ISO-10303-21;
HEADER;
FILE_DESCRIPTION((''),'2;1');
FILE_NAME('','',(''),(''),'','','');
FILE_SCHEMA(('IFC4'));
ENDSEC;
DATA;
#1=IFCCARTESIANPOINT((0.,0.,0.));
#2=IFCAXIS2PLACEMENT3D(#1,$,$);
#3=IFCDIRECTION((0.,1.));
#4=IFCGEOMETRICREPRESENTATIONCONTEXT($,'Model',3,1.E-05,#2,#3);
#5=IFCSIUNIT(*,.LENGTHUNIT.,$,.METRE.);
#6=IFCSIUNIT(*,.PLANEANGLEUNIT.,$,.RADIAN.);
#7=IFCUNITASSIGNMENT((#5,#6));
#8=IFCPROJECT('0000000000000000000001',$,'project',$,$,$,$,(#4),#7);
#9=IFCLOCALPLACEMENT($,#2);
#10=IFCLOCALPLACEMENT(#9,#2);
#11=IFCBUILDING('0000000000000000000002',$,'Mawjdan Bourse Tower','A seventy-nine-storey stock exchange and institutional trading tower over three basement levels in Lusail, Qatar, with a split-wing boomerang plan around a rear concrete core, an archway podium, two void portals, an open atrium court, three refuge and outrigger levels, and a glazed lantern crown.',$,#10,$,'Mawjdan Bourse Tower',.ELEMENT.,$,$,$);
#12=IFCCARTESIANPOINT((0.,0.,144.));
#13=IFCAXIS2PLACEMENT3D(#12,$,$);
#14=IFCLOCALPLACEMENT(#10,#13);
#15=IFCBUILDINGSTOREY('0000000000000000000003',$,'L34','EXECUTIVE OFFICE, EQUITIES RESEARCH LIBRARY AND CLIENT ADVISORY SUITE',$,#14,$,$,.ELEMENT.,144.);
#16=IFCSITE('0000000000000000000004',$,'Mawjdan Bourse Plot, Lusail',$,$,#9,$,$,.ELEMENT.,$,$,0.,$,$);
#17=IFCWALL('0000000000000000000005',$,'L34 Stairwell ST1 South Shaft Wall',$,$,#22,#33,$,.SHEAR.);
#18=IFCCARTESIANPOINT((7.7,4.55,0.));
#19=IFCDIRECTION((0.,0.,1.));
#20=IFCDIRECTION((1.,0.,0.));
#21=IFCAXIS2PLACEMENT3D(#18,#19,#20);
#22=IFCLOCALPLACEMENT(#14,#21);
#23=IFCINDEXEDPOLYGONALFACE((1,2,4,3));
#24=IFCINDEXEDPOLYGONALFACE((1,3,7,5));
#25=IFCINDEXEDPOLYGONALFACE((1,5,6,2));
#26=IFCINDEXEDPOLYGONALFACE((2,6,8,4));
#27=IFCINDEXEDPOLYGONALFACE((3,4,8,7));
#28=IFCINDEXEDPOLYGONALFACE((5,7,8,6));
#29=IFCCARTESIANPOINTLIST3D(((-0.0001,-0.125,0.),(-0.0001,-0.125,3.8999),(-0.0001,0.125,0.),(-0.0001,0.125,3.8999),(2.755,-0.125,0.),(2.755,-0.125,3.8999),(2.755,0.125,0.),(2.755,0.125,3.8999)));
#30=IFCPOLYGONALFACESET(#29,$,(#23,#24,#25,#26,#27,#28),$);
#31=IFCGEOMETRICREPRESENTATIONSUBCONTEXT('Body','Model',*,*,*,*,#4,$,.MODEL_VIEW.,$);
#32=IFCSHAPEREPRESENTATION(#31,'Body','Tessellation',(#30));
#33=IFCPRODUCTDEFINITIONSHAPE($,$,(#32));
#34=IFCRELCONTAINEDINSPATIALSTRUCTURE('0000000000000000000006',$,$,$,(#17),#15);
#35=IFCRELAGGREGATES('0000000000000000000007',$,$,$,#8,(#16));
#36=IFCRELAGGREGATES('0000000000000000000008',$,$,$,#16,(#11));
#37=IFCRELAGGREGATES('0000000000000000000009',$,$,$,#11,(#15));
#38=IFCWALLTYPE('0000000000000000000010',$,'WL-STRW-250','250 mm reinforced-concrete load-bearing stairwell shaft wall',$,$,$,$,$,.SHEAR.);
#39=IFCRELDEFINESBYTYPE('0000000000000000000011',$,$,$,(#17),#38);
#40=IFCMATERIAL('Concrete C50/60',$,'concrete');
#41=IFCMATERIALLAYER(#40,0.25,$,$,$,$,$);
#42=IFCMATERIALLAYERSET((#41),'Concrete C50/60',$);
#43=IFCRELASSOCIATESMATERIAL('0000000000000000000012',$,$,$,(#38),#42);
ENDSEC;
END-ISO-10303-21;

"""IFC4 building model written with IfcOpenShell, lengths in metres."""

from ifc_helpers import new_model, si_unit, direction, frame, frame_2d, origin, place, context, subcontext, project, spatial, rectangle, extrude, material, layer, layer_set, type_object, element, save


model = new_model("IFC4")

# Units and contexts
model_context = context("Model", 3, precision=1e-05, world=origin(), true_north=direction((0.0, 1.0)))
body_context = subcontext(model_context, "Body", "Model", "MODEL_VIEW")
ifc_project = project(units=[si_unit("LENGTHUNIT", "METRE"), si_unit("PLANEANGLEUNIT", "RADIAN")], contexts=[model_context])

# Site, building, storey
site_placement = place(None, origin())
site = spatial("IfcSite", under=ifc_project, at=site_placement, Name="Mawjdan Bourse Plot, Lusail", CompositionType="ELEMENT", RefElevation=0.0)
building_placement = place(site_placement, origin())
building = spatial("IfcBuilding", under=site, at=building_placement, Name="Mawjdan Bourse Tower", Description="A seventy-nine-storey stock exchange and institutional trading tower over three basement levels in Lusail, Qatar, with a split-wing boomerang plan around a rear concrete core, an archway podium, two void portals, an open atrium court, three refuge and outrigger levels, and a glazed lantern crown.", LongName="Mawjdan Bourse Tower", CompositionType="ELEMENT")
storey_placement = place(building_placement, frame((0.0, 0.0, 144.0)))
storey = spatial("IfcBuildingStorey", under=building, at=storey_placement, Name="L34", Description="EXECUTIVE OFFICE, EQUITIES RESEARCH LIBRARY AND CLIENT ADVISORY SUITE", CompositionType="ELEMENT", Elevation=144.0)

# Shared definitions
ifc_material_1 = material(Name="Concrete C50/60", Category="concrete")

# Wall
ifc_layer_1 = layer(ifc_material_1, 0.25)
ifc_layer_set_1 = layer_set([ifc_layer_1], Name="Concrete C50/60")
wall_type_1 = type_object("IfcWallType", Name="WL-STRW-250", Description="250 mm reinforced-concrete load-bearing stairwell shaft wall", PredefinedType="SHEAR", material=ifc_layer_set_1)
wall_1_placement = place(storey_placement, frame((7.7, 4.55, 0.0), z_axis=(0.0, 0.0, 1.0), x_axis=(1.0, 0.0, 0.0)))
element("IfcWall", 1, at=wall_1_placement, inside=storey, type_object=wall_type_1, Name="L34 Stairwell ST1 South Shaft Wall", PredefinedType="SHEAR", context=body_context, shape_type="SweptSolid", body=[
    extrude(rectangle(XDim=2.7551, YDim=0.25, at=frame_2d((1.3774, 0.0))), origin(), (0.0, 0.0, 1.0), 3.8999),
])

save(model, "model.ifc")
